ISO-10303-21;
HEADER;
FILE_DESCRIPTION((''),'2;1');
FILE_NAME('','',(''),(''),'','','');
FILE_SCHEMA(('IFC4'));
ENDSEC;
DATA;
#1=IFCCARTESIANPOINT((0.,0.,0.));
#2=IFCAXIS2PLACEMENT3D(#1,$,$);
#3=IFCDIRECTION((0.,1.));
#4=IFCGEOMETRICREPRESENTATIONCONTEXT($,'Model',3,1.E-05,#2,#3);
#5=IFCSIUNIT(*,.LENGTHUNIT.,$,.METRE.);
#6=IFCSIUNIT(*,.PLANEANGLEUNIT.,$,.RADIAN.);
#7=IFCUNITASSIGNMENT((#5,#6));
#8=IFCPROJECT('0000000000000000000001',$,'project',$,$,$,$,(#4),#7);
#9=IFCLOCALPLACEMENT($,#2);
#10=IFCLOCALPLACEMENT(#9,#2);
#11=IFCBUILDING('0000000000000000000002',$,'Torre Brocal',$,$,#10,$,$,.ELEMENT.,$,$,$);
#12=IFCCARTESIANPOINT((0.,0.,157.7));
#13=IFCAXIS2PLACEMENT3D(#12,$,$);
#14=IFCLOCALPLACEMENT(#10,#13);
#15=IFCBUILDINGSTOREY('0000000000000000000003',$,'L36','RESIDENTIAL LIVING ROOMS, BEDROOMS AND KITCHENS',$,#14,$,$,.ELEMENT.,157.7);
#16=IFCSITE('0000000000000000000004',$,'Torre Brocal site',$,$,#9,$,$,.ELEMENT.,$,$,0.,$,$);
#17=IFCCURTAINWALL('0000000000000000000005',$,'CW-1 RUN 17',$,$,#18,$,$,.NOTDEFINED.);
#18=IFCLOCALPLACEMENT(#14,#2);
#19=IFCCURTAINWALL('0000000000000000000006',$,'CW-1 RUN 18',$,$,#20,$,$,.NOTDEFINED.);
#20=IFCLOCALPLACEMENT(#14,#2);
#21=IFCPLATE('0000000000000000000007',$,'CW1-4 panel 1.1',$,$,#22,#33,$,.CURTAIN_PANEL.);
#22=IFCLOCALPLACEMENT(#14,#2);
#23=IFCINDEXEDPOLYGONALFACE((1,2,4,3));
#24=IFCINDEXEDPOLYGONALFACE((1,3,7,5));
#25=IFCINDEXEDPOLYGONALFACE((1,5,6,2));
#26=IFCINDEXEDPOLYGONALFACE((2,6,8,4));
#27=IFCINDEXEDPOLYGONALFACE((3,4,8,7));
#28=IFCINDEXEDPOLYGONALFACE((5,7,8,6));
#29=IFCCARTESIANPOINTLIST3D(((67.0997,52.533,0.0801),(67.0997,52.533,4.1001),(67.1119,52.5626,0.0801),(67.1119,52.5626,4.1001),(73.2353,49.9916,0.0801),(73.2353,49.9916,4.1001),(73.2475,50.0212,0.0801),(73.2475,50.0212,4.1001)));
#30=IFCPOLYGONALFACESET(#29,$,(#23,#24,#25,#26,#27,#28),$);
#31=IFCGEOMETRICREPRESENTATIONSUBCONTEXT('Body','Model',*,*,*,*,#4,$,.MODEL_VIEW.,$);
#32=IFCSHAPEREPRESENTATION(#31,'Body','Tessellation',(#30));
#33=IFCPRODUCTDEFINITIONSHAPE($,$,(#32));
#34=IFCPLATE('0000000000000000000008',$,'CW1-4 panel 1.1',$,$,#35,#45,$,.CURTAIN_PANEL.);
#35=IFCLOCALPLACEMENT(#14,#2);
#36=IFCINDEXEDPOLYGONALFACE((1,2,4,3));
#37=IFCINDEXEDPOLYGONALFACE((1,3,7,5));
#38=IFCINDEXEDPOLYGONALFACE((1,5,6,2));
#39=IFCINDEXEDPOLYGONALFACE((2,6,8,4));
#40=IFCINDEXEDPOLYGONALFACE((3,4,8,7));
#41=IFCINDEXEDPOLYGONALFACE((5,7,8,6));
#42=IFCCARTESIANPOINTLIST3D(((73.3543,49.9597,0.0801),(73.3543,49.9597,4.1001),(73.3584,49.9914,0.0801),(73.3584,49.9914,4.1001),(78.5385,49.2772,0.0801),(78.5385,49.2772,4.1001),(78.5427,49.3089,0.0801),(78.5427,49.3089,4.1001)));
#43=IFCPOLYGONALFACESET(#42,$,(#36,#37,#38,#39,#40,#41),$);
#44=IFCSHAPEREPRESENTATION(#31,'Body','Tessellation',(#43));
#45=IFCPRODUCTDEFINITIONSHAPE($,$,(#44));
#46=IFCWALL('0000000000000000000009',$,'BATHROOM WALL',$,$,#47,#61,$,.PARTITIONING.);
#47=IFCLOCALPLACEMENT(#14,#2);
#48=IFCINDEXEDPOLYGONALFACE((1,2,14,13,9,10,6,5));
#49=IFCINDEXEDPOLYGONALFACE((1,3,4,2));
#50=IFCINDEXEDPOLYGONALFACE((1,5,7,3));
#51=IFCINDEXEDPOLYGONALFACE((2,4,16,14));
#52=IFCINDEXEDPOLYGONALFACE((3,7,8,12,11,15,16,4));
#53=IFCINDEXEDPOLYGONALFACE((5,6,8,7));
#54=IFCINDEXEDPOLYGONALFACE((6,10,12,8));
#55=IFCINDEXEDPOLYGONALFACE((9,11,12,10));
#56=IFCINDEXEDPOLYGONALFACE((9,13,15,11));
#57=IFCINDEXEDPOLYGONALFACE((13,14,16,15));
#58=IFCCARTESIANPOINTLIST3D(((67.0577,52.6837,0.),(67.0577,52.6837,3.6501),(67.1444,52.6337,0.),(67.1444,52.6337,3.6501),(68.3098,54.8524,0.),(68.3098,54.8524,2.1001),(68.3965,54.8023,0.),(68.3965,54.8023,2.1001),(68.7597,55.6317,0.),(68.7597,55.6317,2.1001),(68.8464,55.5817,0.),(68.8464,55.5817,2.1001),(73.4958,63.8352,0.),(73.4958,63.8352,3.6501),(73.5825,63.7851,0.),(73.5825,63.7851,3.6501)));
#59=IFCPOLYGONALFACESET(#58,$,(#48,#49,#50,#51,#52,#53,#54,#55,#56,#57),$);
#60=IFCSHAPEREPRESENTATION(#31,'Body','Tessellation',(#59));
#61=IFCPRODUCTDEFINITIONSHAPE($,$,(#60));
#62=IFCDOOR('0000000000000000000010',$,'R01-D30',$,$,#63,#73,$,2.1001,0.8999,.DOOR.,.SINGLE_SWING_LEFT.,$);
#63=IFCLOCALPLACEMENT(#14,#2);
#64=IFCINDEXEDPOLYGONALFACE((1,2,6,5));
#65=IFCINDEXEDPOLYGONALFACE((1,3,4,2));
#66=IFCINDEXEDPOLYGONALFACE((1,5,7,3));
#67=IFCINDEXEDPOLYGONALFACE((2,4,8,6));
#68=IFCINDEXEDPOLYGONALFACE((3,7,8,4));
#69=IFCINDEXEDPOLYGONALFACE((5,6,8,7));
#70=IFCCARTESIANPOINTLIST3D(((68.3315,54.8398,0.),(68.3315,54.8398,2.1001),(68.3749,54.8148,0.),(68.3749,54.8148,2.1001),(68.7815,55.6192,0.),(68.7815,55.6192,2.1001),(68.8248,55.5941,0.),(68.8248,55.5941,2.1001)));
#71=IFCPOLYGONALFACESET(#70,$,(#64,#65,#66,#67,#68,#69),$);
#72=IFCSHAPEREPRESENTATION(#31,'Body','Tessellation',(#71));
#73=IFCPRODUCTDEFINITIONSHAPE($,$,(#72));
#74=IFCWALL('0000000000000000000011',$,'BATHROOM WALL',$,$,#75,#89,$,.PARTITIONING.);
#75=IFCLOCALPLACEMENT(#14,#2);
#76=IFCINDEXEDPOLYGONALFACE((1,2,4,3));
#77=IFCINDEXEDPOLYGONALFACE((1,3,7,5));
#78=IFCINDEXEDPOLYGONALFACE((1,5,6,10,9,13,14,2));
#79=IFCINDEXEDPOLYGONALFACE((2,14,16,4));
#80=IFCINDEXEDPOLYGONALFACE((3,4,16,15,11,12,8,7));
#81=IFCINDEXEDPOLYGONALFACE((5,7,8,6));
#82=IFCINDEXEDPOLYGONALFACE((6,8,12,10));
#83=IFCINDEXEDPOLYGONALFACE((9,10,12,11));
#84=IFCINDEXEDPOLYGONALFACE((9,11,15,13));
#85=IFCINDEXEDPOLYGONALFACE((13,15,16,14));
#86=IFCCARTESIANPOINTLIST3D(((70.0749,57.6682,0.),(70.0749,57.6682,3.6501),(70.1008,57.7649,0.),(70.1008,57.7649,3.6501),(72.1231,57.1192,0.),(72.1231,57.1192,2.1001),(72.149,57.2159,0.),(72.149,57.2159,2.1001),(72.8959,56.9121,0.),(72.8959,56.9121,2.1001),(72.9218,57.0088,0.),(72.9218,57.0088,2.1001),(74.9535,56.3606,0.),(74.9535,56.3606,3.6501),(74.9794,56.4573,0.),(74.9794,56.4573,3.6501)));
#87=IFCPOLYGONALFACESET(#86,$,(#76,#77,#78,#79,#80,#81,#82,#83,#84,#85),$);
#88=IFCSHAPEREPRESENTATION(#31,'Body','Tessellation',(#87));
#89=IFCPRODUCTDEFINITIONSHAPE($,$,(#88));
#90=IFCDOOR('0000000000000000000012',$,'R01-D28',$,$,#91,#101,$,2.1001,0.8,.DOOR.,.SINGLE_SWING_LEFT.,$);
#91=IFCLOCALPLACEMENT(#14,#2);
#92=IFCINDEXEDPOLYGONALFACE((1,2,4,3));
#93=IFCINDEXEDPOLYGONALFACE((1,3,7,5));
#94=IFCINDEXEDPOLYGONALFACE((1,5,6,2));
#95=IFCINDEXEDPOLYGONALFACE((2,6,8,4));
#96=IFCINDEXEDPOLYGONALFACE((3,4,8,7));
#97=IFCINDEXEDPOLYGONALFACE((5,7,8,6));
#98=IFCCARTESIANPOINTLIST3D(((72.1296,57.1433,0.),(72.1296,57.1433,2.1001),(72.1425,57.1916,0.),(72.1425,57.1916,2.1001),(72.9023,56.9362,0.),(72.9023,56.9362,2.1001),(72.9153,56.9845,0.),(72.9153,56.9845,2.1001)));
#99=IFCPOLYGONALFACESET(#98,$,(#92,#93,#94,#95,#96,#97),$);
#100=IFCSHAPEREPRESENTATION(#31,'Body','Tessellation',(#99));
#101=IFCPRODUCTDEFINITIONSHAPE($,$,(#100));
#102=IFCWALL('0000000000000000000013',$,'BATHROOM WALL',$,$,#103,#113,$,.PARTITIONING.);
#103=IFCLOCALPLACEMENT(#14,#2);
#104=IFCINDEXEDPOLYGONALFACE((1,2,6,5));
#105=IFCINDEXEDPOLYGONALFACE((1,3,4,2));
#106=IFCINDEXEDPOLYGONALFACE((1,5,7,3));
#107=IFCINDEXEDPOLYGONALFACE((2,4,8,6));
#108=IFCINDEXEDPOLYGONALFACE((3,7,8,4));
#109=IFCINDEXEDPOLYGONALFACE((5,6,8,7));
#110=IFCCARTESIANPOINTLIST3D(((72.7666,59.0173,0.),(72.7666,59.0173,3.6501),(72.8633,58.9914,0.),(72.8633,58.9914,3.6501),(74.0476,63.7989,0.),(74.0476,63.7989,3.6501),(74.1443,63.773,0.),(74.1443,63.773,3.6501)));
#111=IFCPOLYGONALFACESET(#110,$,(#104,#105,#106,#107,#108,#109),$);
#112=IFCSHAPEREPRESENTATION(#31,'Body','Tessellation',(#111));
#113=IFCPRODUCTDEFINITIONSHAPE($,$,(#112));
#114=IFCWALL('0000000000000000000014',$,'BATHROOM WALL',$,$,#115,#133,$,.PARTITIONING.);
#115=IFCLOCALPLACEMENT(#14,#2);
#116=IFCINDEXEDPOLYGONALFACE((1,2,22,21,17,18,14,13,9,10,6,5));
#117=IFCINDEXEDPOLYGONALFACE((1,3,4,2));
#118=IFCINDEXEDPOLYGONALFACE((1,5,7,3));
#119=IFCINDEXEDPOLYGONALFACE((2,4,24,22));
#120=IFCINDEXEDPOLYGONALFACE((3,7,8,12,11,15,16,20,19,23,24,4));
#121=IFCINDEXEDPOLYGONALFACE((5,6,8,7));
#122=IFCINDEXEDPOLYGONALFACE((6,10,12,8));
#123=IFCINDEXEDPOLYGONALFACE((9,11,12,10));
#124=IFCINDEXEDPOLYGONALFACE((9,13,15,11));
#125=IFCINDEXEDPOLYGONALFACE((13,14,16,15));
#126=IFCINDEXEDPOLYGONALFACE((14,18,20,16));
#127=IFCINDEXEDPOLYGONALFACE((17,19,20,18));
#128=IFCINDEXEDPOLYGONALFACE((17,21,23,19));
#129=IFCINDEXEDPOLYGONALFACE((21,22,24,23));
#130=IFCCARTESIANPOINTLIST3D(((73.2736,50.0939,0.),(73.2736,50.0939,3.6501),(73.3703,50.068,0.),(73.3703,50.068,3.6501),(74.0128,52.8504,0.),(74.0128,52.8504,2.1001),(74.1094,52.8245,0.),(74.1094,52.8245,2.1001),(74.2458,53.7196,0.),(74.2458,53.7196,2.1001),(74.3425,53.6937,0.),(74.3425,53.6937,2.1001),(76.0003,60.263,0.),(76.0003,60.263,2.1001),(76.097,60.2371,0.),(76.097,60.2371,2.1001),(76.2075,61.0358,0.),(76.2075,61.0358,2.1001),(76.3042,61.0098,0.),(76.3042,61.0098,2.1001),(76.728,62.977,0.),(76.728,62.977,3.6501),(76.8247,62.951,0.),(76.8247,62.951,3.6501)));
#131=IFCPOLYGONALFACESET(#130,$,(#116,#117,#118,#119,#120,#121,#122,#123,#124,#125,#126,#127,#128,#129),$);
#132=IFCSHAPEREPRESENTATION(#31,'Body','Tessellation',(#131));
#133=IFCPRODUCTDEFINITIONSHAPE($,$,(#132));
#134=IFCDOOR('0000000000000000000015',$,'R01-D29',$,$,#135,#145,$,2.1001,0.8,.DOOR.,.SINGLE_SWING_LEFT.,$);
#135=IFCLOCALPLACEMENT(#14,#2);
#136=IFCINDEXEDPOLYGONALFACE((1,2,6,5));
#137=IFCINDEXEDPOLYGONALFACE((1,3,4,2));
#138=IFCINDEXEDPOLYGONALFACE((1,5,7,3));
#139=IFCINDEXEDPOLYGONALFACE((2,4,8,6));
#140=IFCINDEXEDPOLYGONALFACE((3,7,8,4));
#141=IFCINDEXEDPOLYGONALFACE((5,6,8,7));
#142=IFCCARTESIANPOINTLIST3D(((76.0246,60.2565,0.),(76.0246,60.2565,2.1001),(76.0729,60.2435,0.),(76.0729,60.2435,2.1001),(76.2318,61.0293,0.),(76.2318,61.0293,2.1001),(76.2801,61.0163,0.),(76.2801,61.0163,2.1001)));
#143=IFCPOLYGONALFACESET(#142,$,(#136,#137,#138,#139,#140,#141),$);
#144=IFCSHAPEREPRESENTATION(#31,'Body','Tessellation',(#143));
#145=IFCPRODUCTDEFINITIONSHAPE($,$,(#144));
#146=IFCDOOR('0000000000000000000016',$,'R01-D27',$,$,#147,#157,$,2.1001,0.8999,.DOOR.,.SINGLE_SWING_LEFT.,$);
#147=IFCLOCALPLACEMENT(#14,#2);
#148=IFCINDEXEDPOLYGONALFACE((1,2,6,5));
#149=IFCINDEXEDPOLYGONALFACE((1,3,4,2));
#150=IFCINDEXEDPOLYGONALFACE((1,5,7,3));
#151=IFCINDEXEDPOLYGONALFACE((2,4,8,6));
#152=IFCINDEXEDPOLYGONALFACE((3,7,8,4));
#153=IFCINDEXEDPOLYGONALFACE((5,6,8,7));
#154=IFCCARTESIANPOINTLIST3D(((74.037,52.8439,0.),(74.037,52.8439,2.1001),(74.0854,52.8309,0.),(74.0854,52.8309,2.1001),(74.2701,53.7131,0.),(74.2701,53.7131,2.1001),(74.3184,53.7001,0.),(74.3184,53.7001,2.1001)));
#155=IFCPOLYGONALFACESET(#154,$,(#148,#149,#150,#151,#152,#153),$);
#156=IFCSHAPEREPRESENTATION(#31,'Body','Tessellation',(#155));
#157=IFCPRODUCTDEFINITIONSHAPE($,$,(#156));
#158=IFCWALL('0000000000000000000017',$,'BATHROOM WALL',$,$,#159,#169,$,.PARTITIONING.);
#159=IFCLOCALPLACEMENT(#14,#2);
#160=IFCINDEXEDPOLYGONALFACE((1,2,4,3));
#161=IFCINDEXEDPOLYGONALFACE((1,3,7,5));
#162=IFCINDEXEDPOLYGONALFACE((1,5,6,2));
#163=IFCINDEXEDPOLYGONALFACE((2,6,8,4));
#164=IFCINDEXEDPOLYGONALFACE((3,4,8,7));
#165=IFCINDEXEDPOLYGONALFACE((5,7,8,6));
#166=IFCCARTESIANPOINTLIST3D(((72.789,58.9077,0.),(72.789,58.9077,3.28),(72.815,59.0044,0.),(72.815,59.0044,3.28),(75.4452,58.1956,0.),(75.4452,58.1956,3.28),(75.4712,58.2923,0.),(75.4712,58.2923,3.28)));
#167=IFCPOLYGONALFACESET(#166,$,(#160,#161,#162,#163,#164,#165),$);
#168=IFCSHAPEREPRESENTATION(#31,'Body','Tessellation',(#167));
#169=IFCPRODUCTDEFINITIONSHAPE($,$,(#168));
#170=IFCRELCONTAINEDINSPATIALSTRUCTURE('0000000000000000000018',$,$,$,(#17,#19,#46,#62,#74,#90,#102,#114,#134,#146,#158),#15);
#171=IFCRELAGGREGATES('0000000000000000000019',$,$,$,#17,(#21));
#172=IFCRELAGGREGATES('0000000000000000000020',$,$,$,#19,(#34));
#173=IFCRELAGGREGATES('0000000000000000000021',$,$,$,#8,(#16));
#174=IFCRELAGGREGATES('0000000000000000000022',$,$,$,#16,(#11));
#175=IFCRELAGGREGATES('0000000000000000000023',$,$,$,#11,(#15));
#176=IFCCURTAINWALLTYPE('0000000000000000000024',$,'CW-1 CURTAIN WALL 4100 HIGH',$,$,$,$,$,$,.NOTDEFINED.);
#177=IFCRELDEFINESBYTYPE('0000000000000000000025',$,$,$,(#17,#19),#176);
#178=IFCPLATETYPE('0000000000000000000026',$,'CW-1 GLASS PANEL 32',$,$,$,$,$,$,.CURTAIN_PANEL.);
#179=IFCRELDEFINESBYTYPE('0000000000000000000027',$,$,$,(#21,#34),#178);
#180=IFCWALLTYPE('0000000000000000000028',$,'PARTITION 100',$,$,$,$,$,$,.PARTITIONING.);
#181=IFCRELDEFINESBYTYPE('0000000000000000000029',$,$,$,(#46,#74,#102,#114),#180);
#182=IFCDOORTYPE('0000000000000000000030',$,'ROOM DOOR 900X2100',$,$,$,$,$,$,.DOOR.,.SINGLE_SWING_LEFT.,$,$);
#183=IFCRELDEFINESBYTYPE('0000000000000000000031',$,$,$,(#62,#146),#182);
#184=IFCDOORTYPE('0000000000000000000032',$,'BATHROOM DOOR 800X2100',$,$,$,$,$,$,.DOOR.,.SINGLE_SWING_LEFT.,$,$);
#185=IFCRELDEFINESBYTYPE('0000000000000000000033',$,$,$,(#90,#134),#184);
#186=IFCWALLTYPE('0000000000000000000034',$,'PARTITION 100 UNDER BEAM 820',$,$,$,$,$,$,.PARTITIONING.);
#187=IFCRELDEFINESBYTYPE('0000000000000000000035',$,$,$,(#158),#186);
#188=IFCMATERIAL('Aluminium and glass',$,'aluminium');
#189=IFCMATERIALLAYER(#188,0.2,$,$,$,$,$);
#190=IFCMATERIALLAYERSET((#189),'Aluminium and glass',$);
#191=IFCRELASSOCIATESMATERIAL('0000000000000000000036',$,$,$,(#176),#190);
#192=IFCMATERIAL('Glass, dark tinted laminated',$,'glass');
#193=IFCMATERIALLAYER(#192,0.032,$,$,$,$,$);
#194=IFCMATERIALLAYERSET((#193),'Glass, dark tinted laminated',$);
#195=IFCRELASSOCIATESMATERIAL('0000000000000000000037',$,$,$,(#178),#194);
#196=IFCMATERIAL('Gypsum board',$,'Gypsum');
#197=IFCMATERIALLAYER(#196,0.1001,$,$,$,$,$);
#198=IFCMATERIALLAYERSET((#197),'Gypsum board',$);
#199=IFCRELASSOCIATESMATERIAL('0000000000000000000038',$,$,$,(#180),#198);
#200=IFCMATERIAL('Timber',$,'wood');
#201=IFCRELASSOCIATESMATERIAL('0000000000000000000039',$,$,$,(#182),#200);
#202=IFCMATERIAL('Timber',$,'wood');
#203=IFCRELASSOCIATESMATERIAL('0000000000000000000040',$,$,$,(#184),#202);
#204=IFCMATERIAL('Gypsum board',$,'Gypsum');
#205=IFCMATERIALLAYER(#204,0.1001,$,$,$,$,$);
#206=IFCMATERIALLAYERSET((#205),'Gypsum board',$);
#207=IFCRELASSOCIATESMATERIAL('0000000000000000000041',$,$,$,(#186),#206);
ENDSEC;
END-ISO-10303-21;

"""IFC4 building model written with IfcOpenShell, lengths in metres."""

from ifc_helpers import new_model, si_unit, direction, frame, frame_2d, origin, origin_2d, place, context, subcontext, project, spatial, rectangle, extrude, material, layer, layer_set, type_object, element, fill, aggregate, save


model = new_model("IFC4")

# Units and contexts
model_context = context("Model", 3, precision=1e-05, world=origin(), true_north=direction((0.0, 1.0)))
body_context = subcontext(model_context, "Body", "Model", "MODEL_VIEW")
ifc_project = project(units=[si_unit("LENGTHUNIT", "METRE"), si_unit("PLANEANGLEUNIT", "RADIAN")], contexts=[model_context])

# Site, building, storey
site_placement = place(None, origin())
site = spatial("IfcSite", under=ifc_project, at=site_placement, Name="Torre Brocal site", CompositionType="ELEMENT", RefElevation=0.0)
building_placement = place(site_placement, origin())
building = spatial("IfcBuilding", under=site, at=building_placement, Name="Torre Brocal", CompositionType="ELEMENT")
storey_placement = place(building_placement, frame((0.0, 0.0, 157.7)))
storey = spatial("IfcBuildingStorey", under=building, at=storey_placement, Name="L36", Description="RESIDENTIAL LIVING ROOMS, BEDROOMS AND KITCHENS", CompositionType="ELEMENT", Elevation=157.7)

# Shared definitions
ifc_material_1 = material(Name="Aluminium and glass", Category="aluminium")
ifc_layer_1 = layer(ifc_material_1, 0.2)
ifc_layer_set_1 = layer_set([ifc_layer_1], Name="Aluminium and glass")
curtain_wall_type = type_object("IfcCurtainWallType", Name="CW-1 CURTAIN WALL 4100 HIGH", PredefinedType="NOTDEFINED", material=ifc_layer_set_1)

# Curtain walls
curtain_wall_1_placement = place(storey_placement, origin())
curtain_wall_1 = element("IfcCurtainWall", 1, at=curtain_wall_1_placement, inside=storey, type_object=curtain_wall_type, Name="CW-1 RUN 17", PredefinedType="NOTDEFINED")
curtain_wall_2_placement = place(storey_placement, origin())
curtain_wall_2 = element("IfcCurtainWall", 2, at=curtain_wall_2_placement, inside=storey, type_object=curtain_wall_type, Name="CW-1 RUN 18", PredefinedType="NOTDEFINED")

# Plates
ifc_material_2 = material(Name="Glass, dark tinted laminated", Category="glass")
ifc_layer_2 = layer(ifc_material_2, 0.032)
ifc_layer_set_2 = layer_set([ifc_layer_2], Name="Glass, dark tinted laminated")
plate_type = type_object("IfcPlateType", Name="CW-1 GLASS PANEL 32", PredefinedType="CURTAIN_PANEL", material=ifc_layer_set_2)
plate_1_placement = place(storey_placement, frame((70.1736, 51.2771, 0.0801), z_axis=(0.0, 0.0, 1.0), x_axis=(0.92388, -0.382683, 0.0)))
plate_1 = element("IfcPlate", 3, at=plate_1_placement, type_object=plate_type, Name="CW1-4 panel 1.1", PredefinedType="CURTAIN_PANEL", context=body_context, shape_type="SweptSolid", body=[
    extrude(rectangle(XDim=6.6411, YDim=0.032, at=origin_2d()), origin(), (0.0, 0.0, 1.0), 4.02),
])
aggregate(curtain_wall_1, [plate_1])
plate_2_placement = place(storey_placement, frame((75.9485, 49.6343, 0.0801), z_axis=(0.0, 0.0, 1.0), x_axis=(0.991445, -0.130526, 0.0)))
plate_2 = element("IfcPlate", 4, at=plate_2_placement, type_object=plate_type, Name="CW1-4 panel 1.1", PredefinedType="CURTAIN_PANEL", context=body_context, shape_type="SweptSolid", body=[
    extrude(rectangle(XDim=5.229, YDim=0.032, at=origin_2d()), origin(), (0.0, 0.0, 1.0), 4.02),
])
aggregate(curtain_wall_2, [plate_2])

# Walls, openings, doors
ifc_material_3 = material(Name="Gypsum board", Category="Gypsum")
ifc_layer_3 = layer(ifc_material_3, 0.1001)
ifc_layer_set_3 = layer_set([ifc_layer_3], Name="Gypsum board")
wall_type_1 = type_object("IfcWallType", Name="PARTITION 100", PredefinedType="PARTITIONING", material=ifc_layer_set_3)
wall_1_placement = place(storey_placement, frame((67.1011, 52.6587, 0.0), z_axis=(0.0, 0.0, 1.0), x_axis=(0.499985, 0.866034, 0.0)))
wall_1 = element("IfcWall", 5, at=wall_1_placement, inside=storey, type_object=wall_type_1, Name="BATHROOM WALL", PredefinedType="PARTITIONING", context=body_context, shape_type="SweptSolid", body=[
    extrude(rectangle(XDim=12.8765, YDim=0.1001, at=frame_2d((6.4382, 0.0))), origin(), (0.0, 0.0, 1.0), 3.6501),
])
opening_1_placement = place(wall_1_placement, frame((2.5042, 0.0, 0.0)))
opening_1 = element("IfcOpeningElement", 6, at=opening_1_placement, cuts=wall_1, PredefinedType="OPENING", context=body_context, shape_type="SweptSolid", body=[
    extrude(rectangle(XDim=0.8999, YDim=2.1001, at=frame_2d((0.45, 1.05))), frame((0.0, 0.0601, 0.0), z_axis=(0.0, -1.0, 0.0), x_axis=(1.0, 0.0, 0.0)), (0.0, 0.0, 1.0), 0.1201),
])
ifc_material_4 = material(Name="Timber", Category="wood")
door_type_1 = type_object("IfcDoorType", Name="ROOM DOOR 900X2100", OperationType="SINGLE_SWING_LEFT", PredefinedType="DOOR", material=ifc_material_4)
door_1_placement = place(opening_1_placement, origin())
door_1 = element("IfcDoor", 7, at=door_1_placement, inside=storey, type_object=door_type_1, Name="R01-D30", OperationType="SINGLE_SWING_LEFT", OverallHeight=2.1001, OverallWidth=0.8999, PredefinedType="DOOR", context=body_context, shape_type="SweptSolid", body=[
    extrude(rectangle(XDim=0.8999, YDim=2.1001, at=frame_2d((0.45, 1.05))), frame((0.0, 0.0249, 0.0), z_axis=(0.0, -1.0, 0.0), x_axis=(1.0, 0.0, 0.0)), (0.0, 0.0, 1.0), 0.05),
])
fill(opening_1, door_1)
wall_2_placement = place(storey_placement, frame((70.0879, 57.7166, 0.0), z_axis=(0.0, 0.0, 1.0), x_axis=(0.965907, -0.25889, 0.0)))
wall_2 = element("IfcWall", 8, at=wall_2_placement, inside=storey, type_object=wall_type_1, Name="BATHROOM WALL", PredefinedType="PARTITIONING", context=body_context, shape_type="SweptSolid", body=[
    extrude(rectangle(XDim=5.0508, YDim=0.1001, at=frame_2d((2.5254, 0.0))), origin(), (0.0, 0.0, 1.0), 3.6501),
])
opening_2_placement = place(wall_2_placement, frame((2.1206, 0.0, 0.0)))
opening_2 = element("IfcOpeningElement", 9, at=opening_2_placement, cuts=wall_2, PredefinedType="OPENING", context=body_context, shape_type="SweptSolid", body=[
    extrude(rectangle(XDim=0.8, YDim=2.1001, at=frame_2d((0.3999, 1.05))), frame((0.0, 0.0601, 0.0), z_axis=(0.0, -1.0, 0.0), x_axis=(1.0, 0.0, 0.0)), (0.0, 0.0, 1.0), 0.1201),
])
ifc_material_5 = material(Name="Timber", Category="wood")
door_type_2 = type_object("IfcDoorType", Name="BATHROOM DOOR 800X2100", OperationType="SINGLE_SWING_LEFT", PredefinedType="DOOR", material=ifc_material_5)
door_2_placement = place(opening_2_placement, origin())
door_2 = element("IfcDoor", 10, at=door_2_placement, inside=storey, type_object=door_type_2, Name="R01-D28", OperationType="SINGLE_SWING_LEFT", OverallHeight=2.1001, OverallWidth=0.8, PredefinedType="DOOR", context=body_context, shape_type="SweptSolid", body=[
    extrude(rectangle(XDim=0.8, YDim=2.1001, at=frame_2d((0.3999, 1.05))), frame((0.0, 0.0249, 0.0), z_axis=(0.0, -1.0, 0.0), x_axis=(1.0, 0.0, 0.0)), (0.0, 0.0, 1.0), 0.05),
])
fill(opening_2, door_2)

# Wall
wall_3_placement = place(storey_placement, frame((72.8149, 59.0044, 0.0), z_axis=(0.0, 0.0, 1.0), x_axis=(0.258783, 0.965936, 0.0)))
element("IfcWall", 11, at=wall_3_placement, inside=storey, type_object=wall_type_1, Name="BATHROOM WALL", PredefinedType="PARTITIONING", context=body_context, shape_type="SweptSolid", body=[
    extrude(rectangle(XDim=4.9502, YDim=0.1001, at=frame_2d((2.4751, 0.0))), origin(), (0.0, 0.0, 1.0), 3.6501),
])

# Wall, openings, doors
wall_4_placement = place(storey_placement, frame((73.322, 50.0811, 0.0), z_axis=(0.0, 0.0, 1.0), x_axis=(0.258983, 0.965882, 0.0)))
wall_4 = element("IfcWall", 12, at=wall_4_placement, inside=storey, type_object=wall_type_1, Name="BATHROOM WALL", PredefinedType="PARTITIONING", context=body_context, shape_type="SweptSolid", body=[
    extrude(rectangle(XDim=13.3381, YDim=0.1001, at=frame_2d((6.6689, 0.0))), origin(), (0.0, 0.0, 1.0), 3.6501),
])
opening_3_placement = place(wall_4_placement, frame((2.8538, 0.0, 0.0)))
opening_3 = element("IfcOpeningElement", 13, at=opening_3_placement, cuts=wall_4, PredefinedType="OPENING", context=body_context, shape_type="SweptSolid", body=[
    extrude(rectangle(XDim=0.8999, YDim=2.1001, at=frame_2d((0.45, 1.05))), frame((0.0, 0.0601, 0.0), z_axis=(0.0, -1.0, 0.0), x_axis=(1.0, 0.0, 0.0)), (0.0, 0.0, 1.0), 0.1201),
])
opening_4_placement = place(wall_4_placement, frame((10.5283, 0.0, 0.0)))
opening_4 = element("IfcOpeningElement", 14, at=opening_4_placement, cuts=wall_4, PredefinedType="OPENING", context=body_context, shape_type="SweptSolid", body=[
    extrude(rectangle(XDim=0.8, YDim=2.1001, at=frame_2d((0.3999, 1.05))), frame((0.0, 0.0601, 0.0), z_axis=(0.0, -1.0, 0.0), x_axis=(1.0, 0.0, 0.0)), (0.0, 0.0, 1.0), 0.1201),
])
door_3_placement = place(opening_4_placement, origin())
door_3 = element("IfcDoor", 15, at=door_3_placement, inside=storey, type_object=door_type_2, Name="R01-D29", OperationType="SINGLE_SWING_LEFT", OverallHeight=2.1001, OverallWidth=0.8, PredefinedType="DOOR", context=body_context, shape_type="SweptSolid", body=[
    extrude(rectangle(XDim=0.8, YDim=2.1001, at=frame_2d((0.3999, 1.05))), frame((0.0, 0.0249, 0.0), z_axis=(0.0, -1.0, 0.0), x_axis=(1.0, 0.0, 0.0)), (0.0, 0.0, 1.0), 0.05),
])
fill(opening_4, door_3)
door_4_placement = place(opening_3_placement, origin())
door_4 = element("IfcDoor", 16, at=door_4_placement, inside=storey, type_object=door_type_1, Name="R01-D27", OperationType="SINGLE_SWING_LEFT", OverallHeight=2.1001, OverallWidth=0.8999, PredefinedType="DOOR", context=body_context, shape_type="SweptSolid", body=[
    extrude(rectangle(XDim=0.8999, YDim=2.1001, at=frame_2d((0.45, 1.05))), frame((0.0, 0.0249, 0.0), z_axis=(0.0, -1.0, 0.0), x_axis=(1.0, 0.0, 0.0)), (0.0, 0.0, 1.0), 0.05),
])
fill(opening_3, door_4)

# Wall
ifc_material_6 = material(Name="Gypsum board", Category="Gypsum")
ifc_layer_4 = layer(ifc_material_6, 0.1001)
ifc_layer_set_4 = layer_set([ifc_layer_4], Name="Gypsum board")
wall_type_2 = type_object("IfcWallType", Name="PARTITION 100 UNDER BEAM 820", PredefinedType="PARTITIONING", material=ifc_layer_set_4)
wall_5_placement = place(storey_placement, frame((72.802, 58.9561, 0.0), z_axis=(0.0, 0.0, 1.0), x_axis=(0.965888, -0.258961, 0.0)))
element("IfcWall", 17, at=wall_5_placement, inside=storey, type_object=wall_type_2, Name="BATHROOM WALL", PredefinedType="PARTITIONING", context=body_context, shape_type="SweptSolid", body=[
    extrude(rectangle(XDim=2.75, YDim=0.1001, at=frame_2d((1.375, 0.0))), origin(), (0.0, 0.0, 1.0), 3.28),
])

save(model, "model.ifc")
